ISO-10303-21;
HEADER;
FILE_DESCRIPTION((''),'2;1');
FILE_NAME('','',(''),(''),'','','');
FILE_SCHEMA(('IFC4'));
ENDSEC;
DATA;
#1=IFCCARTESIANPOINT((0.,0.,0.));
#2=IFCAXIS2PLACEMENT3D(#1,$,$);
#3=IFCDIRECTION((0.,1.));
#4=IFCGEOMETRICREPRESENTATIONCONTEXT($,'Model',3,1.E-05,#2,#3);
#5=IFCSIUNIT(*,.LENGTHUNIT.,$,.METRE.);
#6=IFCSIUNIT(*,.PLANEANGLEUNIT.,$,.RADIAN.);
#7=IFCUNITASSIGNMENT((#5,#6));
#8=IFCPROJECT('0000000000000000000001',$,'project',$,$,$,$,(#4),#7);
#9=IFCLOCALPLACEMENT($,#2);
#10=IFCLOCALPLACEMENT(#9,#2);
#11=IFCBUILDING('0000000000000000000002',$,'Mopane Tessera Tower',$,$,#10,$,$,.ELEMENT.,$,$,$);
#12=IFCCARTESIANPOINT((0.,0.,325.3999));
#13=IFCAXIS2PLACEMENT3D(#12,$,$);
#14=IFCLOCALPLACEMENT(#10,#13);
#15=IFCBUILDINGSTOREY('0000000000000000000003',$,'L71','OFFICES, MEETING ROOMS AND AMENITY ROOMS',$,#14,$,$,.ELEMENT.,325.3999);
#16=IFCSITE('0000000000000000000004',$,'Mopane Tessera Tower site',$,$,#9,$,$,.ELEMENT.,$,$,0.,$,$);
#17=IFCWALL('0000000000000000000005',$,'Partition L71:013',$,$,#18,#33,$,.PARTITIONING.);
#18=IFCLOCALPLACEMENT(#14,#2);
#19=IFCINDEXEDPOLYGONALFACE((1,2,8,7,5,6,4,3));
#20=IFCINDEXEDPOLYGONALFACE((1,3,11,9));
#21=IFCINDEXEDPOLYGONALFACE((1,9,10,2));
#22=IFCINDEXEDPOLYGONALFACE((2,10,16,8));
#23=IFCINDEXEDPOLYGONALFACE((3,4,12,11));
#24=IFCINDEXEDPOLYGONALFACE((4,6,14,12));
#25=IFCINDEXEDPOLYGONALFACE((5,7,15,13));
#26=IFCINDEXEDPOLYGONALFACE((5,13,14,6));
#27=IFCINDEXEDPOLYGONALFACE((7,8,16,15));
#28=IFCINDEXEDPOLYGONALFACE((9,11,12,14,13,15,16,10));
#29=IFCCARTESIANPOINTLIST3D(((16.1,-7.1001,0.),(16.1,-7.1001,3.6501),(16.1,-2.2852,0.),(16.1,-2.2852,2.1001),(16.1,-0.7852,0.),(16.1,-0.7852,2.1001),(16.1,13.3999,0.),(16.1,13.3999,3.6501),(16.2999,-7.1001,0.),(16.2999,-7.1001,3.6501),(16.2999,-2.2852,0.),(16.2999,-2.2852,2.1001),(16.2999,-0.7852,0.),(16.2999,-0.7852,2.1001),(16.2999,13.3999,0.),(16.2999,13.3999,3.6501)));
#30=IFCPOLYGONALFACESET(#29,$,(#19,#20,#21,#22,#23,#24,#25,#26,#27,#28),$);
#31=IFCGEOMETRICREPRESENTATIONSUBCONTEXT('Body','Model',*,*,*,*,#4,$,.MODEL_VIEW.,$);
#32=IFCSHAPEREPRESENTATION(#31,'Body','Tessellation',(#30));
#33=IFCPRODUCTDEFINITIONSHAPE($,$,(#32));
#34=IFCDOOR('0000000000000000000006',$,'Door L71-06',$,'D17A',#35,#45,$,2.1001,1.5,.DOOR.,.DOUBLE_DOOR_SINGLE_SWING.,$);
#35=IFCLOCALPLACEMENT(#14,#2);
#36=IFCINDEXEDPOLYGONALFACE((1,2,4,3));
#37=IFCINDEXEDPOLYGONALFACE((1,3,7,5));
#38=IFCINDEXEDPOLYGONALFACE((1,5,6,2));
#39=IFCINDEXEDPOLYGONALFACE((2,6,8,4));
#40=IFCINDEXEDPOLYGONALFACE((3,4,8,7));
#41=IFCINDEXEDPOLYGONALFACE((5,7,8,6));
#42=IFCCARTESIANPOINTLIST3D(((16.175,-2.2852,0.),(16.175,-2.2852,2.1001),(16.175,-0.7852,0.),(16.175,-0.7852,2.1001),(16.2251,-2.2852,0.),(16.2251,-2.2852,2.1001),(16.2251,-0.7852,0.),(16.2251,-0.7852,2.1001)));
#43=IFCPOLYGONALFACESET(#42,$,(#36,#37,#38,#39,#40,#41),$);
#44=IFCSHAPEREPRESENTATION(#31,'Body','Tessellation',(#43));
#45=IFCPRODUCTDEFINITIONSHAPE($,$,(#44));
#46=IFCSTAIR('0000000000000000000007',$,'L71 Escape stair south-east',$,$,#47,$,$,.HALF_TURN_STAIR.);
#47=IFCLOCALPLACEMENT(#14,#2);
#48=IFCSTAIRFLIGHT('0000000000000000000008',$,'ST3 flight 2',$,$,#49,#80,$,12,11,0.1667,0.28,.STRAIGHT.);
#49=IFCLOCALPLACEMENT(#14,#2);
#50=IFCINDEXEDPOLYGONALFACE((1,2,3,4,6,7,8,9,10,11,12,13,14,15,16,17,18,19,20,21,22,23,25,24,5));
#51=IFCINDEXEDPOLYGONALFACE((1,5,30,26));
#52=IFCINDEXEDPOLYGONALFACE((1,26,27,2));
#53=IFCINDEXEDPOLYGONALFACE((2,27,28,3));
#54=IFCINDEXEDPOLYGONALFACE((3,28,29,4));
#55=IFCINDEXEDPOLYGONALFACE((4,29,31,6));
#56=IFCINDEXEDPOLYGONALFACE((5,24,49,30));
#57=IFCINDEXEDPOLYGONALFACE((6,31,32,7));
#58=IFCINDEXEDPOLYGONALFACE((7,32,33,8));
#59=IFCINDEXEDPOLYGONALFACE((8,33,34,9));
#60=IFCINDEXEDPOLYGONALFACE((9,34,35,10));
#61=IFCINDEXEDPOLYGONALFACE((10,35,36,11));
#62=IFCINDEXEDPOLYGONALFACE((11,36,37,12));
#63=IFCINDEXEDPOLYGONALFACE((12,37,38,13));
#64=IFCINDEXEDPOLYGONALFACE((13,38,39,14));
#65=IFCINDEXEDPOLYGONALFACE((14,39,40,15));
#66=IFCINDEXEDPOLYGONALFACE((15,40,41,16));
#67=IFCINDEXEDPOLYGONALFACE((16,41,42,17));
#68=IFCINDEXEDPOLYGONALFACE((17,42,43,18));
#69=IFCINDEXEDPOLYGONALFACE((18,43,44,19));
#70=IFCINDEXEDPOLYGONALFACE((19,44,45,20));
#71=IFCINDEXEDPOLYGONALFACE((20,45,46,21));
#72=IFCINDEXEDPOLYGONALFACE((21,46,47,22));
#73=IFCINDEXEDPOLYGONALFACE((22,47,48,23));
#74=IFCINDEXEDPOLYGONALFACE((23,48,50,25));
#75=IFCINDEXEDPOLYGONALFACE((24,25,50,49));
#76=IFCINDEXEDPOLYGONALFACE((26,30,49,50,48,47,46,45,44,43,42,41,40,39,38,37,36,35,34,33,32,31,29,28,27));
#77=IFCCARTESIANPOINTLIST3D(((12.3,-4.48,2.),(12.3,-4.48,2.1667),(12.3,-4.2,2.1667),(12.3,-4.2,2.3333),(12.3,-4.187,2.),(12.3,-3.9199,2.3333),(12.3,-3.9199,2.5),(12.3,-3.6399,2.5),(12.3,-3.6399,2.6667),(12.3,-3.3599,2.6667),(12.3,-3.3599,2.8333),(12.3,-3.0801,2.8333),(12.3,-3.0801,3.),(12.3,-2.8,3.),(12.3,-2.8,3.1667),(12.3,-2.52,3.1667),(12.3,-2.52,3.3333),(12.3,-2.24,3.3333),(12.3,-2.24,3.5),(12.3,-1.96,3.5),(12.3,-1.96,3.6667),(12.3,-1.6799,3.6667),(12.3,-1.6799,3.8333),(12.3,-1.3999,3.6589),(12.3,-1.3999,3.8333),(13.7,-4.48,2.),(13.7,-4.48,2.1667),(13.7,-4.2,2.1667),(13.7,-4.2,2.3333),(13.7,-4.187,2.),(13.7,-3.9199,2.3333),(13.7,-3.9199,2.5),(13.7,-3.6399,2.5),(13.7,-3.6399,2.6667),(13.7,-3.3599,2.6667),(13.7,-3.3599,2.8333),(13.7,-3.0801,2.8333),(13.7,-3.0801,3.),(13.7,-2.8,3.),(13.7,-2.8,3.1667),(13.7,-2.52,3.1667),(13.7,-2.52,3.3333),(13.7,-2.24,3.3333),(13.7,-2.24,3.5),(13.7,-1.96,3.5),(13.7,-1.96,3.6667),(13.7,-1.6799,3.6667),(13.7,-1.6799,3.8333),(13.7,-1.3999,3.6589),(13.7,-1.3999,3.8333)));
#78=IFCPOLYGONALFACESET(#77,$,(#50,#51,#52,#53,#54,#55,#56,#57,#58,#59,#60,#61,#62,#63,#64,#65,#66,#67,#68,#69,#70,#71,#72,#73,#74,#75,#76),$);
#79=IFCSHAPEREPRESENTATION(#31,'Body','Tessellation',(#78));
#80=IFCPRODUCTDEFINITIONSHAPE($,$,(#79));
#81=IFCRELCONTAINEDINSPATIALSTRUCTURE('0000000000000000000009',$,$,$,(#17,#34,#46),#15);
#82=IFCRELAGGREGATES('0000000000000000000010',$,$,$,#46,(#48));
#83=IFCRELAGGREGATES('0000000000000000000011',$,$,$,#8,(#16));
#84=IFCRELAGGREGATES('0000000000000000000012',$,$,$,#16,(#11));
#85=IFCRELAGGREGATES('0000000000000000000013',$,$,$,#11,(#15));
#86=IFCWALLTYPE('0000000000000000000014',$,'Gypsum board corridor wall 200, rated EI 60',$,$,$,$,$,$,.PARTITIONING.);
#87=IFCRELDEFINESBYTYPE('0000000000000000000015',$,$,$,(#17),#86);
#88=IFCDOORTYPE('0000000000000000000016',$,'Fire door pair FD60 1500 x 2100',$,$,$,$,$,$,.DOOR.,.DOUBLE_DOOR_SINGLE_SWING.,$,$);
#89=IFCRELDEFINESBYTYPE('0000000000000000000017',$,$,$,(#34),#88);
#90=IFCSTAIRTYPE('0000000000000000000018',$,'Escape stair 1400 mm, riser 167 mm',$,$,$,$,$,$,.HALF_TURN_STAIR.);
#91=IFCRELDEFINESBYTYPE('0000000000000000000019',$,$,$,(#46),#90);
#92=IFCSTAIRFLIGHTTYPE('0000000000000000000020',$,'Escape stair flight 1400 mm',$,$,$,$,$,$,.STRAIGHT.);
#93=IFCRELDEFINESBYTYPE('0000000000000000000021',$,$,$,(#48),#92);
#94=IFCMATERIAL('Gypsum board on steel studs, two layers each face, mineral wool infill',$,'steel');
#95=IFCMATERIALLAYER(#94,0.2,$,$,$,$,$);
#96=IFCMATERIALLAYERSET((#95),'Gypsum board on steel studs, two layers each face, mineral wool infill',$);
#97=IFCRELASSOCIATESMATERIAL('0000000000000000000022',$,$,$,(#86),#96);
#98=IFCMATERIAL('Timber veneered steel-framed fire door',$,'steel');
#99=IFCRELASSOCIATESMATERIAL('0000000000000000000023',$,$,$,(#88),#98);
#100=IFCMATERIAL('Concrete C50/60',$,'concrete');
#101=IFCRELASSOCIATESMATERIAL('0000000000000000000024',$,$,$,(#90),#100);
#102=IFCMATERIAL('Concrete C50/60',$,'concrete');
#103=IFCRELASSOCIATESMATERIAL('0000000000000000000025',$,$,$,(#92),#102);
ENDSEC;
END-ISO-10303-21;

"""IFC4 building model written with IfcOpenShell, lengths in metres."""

from ifc_helpers import new_model, si_unit, direction, frame, frame_2d, origin, place, context, subcontext, project, spatial, polyline, rectangle, outline, extrude, material, layer, layer_set, type_object, element, fill, aggregate, save


model = new_model("IFC4")

# Units and contexts
model_context = context("Model", 3, precision=1e-05, world=origin(), true_north=direction((0.0, 1.0)))
body_context = subcontext(model_context, "Body", "Model", "MODEL_VIEW")
ifc_project = project(units=[si_unit("LENGTHUNIT", "METRE"), si_unit("PLANEANGLEUNIT", "RADIAN")], contexts=[model_context])

# Site, building, storey
site_placement = place(None, origin())
site = spatial("IfcSite", under=ifc_project, at=site_placement, Name="Mopane Tessera Tower site", CompositionType="ELEMENT", RefElevation=0.0)
building_placement = place(site_placement, origin())
building = spatial("IfcBuilding", under=site, at=building_placement, Name="Mopane Tessera Tower", CompositionType="ELEMENT")
storey_placement = place(building_placement, frame((0.0, 0.0, 325.3999)))
storey = spatial("IfcBuildingStorey", under=building, at=storey_placement, Name="L71", Description="OFFICES, MEETING ROOMS AND AMENITY ROOMS", CompositionType="ELEMENT", Elevation=325.3999)

# Shared definitions
ifc_material_1 = material(Name="Gypsum board on steel studs, two layers each face, mineral wool infill", Category="steel")
ifc_layer_1 = layer(ifc_material_1, 0.2)
ifc_layer_set_1 = layer_set([ifc_layer_1], Name="Gypsum board on steel studs, two layers each face, mineral wool infill")
wall_type_1 = type_object("IfcWallType", Name="Gypsum board corridor wall 200, rated EI 60", PredefinedType="PARTITIONING", material=ifc_layer_set_1)

# Wall, opening, door
wall_1_placement = place(storey_placement, frame((16.2, -7.1001, 0.0), z_axis=(0.0, 0.0, 1.0), x_axis=(0.0, 1.0, 0.0)))
wall_1 = element("IfcWall", 1, at=wall_1_placement, inside=storey, type_object=wall_type_1, Name="Partition L71:013", PredefinedType="PARTITIONING", context=body_context, shape_type="SweptSolid", body=[
    extrude(rectangle(XDim=20.5, YDim=0.2, at=frame_2d((10.25, 0.0))), origin(), (0.0, 0.0, 1.0), 3.6501),
])
opening_1_placement = place(wall_1_placement, frame((4.8149, 0.0, 0.0)))
opening_1 = element("IfcOpeningElement", 2, at=opening_1_placement, cuts=wall_1, PredefinedType="OPENING", context=body_context, shape_type="SweptSolid", body=[
    extrude(rectangle(XDim=1.5, YDim=2.1001, at=frame_2d((0.75, 1.05))), frame((0.0, 0.1121, 0.0), z_axis=(0.0, -1.0, 0.0), x_axis=(1.0, 0.0, 0.0)), (0.0, 0.0, 1.0), 0.2239),
])
ifc_material_2 = material(Name="Timber veneered steel-framed fire door", Category="steel")
door_type_1 = type_object("IfcDoorType", Name="Fire door pair FD60 1500 x 2100", OperationType="DOUBLE_DOOR_SINGLE_SWING", PredefinedType="DOOR", material=ifc_material_2)
door_1_placement = place(opening_1_placement, origin())
door_1 = element("IfcDoor", 3, at=door_1_placement, inside=storey, type_object=door_type_1, Name="Door L71-06", ObjectType="D17A", OperationType="DOUBLE_DOOR_SINGLE_SWING", OverallHeight=2.1001, OverallWidth=1.5, PredefinedType="DOOR", context=body_context, shape_type="SweptSolid", body=[
    extrude(rectangle(XDim=1.5, YDim=2.1001, at=frame_2d((0.75, 1.05))), frame((0.0, 0.0249, 0.0), z_axis=(0.0, -1.0, 0.0), x_axis=(1.0, 0.0, 0.0)), (0.0, 0.0, 1.0), 0.05),
])
fill(opening_1, door_1)

# Stair, stair flight
ifc_material_3 = material(Name="Concrete C50/60", Category="concrete")
stair_type = type_object("IfcStairType", Name="Escape stair 1400 mm, riser 167 mm", PredefinedType="HALF_TURN_STAIR", material=ifc_material_3)
stair_placement = place(storey_placement, origin())
stair = element("IfcStair", 4, at=stair_placement, inside=storey, type_object=stair_type, Name="L71 Escape stair south-east", PredefinedType="HALF_TURN_STAIR")
ifc_material_4 = material(Name="Concrete C50/60", Category="concrete")
stair_flight_type = type_object("IfcStairFlightType", Name="Escape stair flight 1400 mm", PredefinedType="STRAIGHT", material=ifc_material_4)
stair_flight_placement = place(storey_placement, frame((13.0, -4.48, 2.0), z_axis=(0.0, 0.0, 1.0), x_axis=(0.0, 1.0, 0.0)))
stair_flight = element("IfcStairFlight", 5, at=stair_flight_placement, type_object=stair_flight_type, Name="ST3 flight 2", NumberOfRisers=12, NumberOfTreads=11, PredefinedType="STRAIGHT", RiserHeight=0.1667, TreadLength=0.28, context=body_context, shape_type="SweptSolid", body=[
    extrude(outline(polyline([(0.0, 0.0), (0.0, 0.1667), (0.28, 0.1667), (0.28, 0.3333), (0.5601, 0.3333), (0.5601, 0.5), (0.8401, 0.5), (0.8401, 0.6667), (1.1201, 0.6667), (1.1201, 0.8333), (1.3999, 0.8333), (1.3999, 1.0), (1.6799, 1.0), (1.6799, 1.1667), (1.96, 1.1667), (1.96, 1.3333), (2.24, 1.3333), (2.24, 1.5), (2.52, 1.5), (2.52, 1.6667), (2.8, 1.6667), (2.8, 1.8333), (3.0801, 1.8333), (3.0801, 2.0), (3.0801, 1.6589), (0.293, 0.0), (0.0, 0.0)])), frame((0.0, 0.7, 0.0), z_axis=(0.0, -1.0, 0.0), x_axis=(1.0, 0.0, 0.0)), (0.0, 0.0, 1.0), 1.3999),
])
aggregate(stair, [stair_flight])

save(model, "model.ifc")
